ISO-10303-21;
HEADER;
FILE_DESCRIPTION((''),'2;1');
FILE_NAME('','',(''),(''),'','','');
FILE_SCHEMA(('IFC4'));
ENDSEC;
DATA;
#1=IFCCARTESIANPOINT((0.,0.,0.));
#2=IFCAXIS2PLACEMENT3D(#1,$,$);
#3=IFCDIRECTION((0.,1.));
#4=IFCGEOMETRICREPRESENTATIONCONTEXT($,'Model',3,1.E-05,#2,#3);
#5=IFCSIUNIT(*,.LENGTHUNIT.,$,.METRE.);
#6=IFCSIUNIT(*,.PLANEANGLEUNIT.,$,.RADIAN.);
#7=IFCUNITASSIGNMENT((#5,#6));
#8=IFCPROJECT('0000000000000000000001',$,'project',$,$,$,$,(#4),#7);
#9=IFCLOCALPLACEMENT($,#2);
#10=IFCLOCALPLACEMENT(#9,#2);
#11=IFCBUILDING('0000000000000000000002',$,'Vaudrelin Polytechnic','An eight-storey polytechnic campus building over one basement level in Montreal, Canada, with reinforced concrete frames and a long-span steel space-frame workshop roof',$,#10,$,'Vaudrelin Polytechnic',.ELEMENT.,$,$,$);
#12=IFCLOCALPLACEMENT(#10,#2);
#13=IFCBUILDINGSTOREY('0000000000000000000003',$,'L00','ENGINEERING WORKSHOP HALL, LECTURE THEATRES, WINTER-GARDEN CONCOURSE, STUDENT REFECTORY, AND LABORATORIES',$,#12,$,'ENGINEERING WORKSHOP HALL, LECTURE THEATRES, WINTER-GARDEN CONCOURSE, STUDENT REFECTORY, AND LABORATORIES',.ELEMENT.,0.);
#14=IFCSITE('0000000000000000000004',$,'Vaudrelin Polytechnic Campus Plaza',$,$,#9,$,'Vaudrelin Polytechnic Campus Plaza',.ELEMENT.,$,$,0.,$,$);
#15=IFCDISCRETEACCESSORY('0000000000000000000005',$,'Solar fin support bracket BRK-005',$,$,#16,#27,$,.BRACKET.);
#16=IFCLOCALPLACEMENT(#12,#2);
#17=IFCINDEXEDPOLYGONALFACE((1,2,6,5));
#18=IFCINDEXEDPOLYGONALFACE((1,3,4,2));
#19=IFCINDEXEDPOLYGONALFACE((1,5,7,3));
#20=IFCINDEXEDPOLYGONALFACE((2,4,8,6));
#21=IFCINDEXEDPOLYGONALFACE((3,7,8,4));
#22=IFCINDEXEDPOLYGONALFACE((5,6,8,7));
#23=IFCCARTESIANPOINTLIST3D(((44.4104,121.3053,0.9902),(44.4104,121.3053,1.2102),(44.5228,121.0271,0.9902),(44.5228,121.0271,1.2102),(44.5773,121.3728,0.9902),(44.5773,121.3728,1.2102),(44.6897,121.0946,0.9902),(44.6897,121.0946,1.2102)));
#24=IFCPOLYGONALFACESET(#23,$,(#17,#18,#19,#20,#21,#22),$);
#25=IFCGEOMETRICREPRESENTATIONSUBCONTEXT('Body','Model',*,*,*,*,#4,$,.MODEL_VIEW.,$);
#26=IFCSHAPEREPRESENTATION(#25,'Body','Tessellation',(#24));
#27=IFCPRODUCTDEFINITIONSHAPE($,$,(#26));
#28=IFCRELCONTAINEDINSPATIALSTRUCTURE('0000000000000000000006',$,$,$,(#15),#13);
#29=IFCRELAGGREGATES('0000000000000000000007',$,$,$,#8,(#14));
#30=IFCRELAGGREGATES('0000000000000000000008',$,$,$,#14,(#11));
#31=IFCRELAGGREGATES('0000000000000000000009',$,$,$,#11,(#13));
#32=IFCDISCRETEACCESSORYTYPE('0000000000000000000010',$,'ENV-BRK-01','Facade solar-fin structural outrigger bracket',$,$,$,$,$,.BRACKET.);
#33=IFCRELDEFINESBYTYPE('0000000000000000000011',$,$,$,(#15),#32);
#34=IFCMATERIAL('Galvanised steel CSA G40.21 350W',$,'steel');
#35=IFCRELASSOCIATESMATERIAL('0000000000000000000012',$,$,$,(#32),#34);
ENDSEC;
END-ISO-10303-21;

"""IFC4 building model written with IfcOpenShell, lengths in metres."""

from ifc_helpers import new_model, si_unit, direction, frame, origin, origin_2d, place, context, subcontext, project, spatial, rectangle, extrude, material, type_object, element, save


model = new_model("IFC4")

# Units and contexts
model_context = context("Model", 3, precision=1e-05, world=origin(), true_north=direction((0.0, 1.0)))
body_context = subcontext(model_context, "Body", "Model", "MODEL_VIEW")
ifc_project = project(units=[si_unit("LENGTHUNIT", "METRE"), si_unit("PLANEANGLEUNIT", "RADIAN")], contexts=[model_context])

# Site, building, storey
site_placement = place(None, origin())
site = spatial("IfcSite", under=ifc_project, at=site_placement, Name="Vaudrelin Polytechnic Campus Plaza", LongName="Vaudrelin Polytechnic Campus Plaza", CompositionType="ELEMENT", RefElevation=0.0)
building_placement = place(site_placement, origin())
building = spatial("IfcBuilding", under=site, at=building_placement, Name="Vaudrelin Polytechnic", Description="An eight-storey polytechnic campus building over one basement level in Montreal, Canada, with reinforced concrete frames and a long-span steel space-frame workshop roof", LongName="Vaudrelin Polytechnic", CompositionType="ELEMENT")
storey_placement = place(building_placement, origin())
storey = spatial("IfcBuildingStorey", under=building, at=storey_placement, Name="L00", Description="ENGINEERING WORKSHOP HALL, LECTURE THEATRES, WINTER-GARDEN CONCOURSE, STUDENT REFECTORY, AND LABORATORIES", LongName="ENGINEERING WORKSHOP HALL, LECTURE THEATRES, WINTER-GARDEN CONCOURSE, STUDENT REFECTORY, AND LABORATORIES", CompositionType="ELEMENT", Elevation=0.0)

# Discrete accessory
ifc_material_1 = material(Name="Galvanised steel CSA G40.21 350W", Category="steel")
discrete_accessory_type = type_object("IfcDiscreteAccessoryType", Name="ENV-BRK-01", Description="Facade solar-fin structural outrigger bracket", PredefinedType="BRACKET", material=ifc_material_1)
discrete_accessory_placement = place(storey_placement, frame((44.55, 121.2, 0.9902), z_axis=(0.0, 0.0, 1.0), x_axis=(0.374607, -0.927184, 0.0)))
element("IfcDiscreteAccessory", 1, at=discrete_accessory_placement, inside=storey, type_object=discrete_accessory_type, Name="Solar fin support bracket BRK-005", PredefinedType="BRACKET", context=body_context, shape_type="SweptSolid", body=[
    extrude(rectangle(XDim=0.3, YDim=0.1799, at=origin_2d()), origin(), (0.0, 0.0, 1.0), 0.22),
])

save(model, "model.ifc")
